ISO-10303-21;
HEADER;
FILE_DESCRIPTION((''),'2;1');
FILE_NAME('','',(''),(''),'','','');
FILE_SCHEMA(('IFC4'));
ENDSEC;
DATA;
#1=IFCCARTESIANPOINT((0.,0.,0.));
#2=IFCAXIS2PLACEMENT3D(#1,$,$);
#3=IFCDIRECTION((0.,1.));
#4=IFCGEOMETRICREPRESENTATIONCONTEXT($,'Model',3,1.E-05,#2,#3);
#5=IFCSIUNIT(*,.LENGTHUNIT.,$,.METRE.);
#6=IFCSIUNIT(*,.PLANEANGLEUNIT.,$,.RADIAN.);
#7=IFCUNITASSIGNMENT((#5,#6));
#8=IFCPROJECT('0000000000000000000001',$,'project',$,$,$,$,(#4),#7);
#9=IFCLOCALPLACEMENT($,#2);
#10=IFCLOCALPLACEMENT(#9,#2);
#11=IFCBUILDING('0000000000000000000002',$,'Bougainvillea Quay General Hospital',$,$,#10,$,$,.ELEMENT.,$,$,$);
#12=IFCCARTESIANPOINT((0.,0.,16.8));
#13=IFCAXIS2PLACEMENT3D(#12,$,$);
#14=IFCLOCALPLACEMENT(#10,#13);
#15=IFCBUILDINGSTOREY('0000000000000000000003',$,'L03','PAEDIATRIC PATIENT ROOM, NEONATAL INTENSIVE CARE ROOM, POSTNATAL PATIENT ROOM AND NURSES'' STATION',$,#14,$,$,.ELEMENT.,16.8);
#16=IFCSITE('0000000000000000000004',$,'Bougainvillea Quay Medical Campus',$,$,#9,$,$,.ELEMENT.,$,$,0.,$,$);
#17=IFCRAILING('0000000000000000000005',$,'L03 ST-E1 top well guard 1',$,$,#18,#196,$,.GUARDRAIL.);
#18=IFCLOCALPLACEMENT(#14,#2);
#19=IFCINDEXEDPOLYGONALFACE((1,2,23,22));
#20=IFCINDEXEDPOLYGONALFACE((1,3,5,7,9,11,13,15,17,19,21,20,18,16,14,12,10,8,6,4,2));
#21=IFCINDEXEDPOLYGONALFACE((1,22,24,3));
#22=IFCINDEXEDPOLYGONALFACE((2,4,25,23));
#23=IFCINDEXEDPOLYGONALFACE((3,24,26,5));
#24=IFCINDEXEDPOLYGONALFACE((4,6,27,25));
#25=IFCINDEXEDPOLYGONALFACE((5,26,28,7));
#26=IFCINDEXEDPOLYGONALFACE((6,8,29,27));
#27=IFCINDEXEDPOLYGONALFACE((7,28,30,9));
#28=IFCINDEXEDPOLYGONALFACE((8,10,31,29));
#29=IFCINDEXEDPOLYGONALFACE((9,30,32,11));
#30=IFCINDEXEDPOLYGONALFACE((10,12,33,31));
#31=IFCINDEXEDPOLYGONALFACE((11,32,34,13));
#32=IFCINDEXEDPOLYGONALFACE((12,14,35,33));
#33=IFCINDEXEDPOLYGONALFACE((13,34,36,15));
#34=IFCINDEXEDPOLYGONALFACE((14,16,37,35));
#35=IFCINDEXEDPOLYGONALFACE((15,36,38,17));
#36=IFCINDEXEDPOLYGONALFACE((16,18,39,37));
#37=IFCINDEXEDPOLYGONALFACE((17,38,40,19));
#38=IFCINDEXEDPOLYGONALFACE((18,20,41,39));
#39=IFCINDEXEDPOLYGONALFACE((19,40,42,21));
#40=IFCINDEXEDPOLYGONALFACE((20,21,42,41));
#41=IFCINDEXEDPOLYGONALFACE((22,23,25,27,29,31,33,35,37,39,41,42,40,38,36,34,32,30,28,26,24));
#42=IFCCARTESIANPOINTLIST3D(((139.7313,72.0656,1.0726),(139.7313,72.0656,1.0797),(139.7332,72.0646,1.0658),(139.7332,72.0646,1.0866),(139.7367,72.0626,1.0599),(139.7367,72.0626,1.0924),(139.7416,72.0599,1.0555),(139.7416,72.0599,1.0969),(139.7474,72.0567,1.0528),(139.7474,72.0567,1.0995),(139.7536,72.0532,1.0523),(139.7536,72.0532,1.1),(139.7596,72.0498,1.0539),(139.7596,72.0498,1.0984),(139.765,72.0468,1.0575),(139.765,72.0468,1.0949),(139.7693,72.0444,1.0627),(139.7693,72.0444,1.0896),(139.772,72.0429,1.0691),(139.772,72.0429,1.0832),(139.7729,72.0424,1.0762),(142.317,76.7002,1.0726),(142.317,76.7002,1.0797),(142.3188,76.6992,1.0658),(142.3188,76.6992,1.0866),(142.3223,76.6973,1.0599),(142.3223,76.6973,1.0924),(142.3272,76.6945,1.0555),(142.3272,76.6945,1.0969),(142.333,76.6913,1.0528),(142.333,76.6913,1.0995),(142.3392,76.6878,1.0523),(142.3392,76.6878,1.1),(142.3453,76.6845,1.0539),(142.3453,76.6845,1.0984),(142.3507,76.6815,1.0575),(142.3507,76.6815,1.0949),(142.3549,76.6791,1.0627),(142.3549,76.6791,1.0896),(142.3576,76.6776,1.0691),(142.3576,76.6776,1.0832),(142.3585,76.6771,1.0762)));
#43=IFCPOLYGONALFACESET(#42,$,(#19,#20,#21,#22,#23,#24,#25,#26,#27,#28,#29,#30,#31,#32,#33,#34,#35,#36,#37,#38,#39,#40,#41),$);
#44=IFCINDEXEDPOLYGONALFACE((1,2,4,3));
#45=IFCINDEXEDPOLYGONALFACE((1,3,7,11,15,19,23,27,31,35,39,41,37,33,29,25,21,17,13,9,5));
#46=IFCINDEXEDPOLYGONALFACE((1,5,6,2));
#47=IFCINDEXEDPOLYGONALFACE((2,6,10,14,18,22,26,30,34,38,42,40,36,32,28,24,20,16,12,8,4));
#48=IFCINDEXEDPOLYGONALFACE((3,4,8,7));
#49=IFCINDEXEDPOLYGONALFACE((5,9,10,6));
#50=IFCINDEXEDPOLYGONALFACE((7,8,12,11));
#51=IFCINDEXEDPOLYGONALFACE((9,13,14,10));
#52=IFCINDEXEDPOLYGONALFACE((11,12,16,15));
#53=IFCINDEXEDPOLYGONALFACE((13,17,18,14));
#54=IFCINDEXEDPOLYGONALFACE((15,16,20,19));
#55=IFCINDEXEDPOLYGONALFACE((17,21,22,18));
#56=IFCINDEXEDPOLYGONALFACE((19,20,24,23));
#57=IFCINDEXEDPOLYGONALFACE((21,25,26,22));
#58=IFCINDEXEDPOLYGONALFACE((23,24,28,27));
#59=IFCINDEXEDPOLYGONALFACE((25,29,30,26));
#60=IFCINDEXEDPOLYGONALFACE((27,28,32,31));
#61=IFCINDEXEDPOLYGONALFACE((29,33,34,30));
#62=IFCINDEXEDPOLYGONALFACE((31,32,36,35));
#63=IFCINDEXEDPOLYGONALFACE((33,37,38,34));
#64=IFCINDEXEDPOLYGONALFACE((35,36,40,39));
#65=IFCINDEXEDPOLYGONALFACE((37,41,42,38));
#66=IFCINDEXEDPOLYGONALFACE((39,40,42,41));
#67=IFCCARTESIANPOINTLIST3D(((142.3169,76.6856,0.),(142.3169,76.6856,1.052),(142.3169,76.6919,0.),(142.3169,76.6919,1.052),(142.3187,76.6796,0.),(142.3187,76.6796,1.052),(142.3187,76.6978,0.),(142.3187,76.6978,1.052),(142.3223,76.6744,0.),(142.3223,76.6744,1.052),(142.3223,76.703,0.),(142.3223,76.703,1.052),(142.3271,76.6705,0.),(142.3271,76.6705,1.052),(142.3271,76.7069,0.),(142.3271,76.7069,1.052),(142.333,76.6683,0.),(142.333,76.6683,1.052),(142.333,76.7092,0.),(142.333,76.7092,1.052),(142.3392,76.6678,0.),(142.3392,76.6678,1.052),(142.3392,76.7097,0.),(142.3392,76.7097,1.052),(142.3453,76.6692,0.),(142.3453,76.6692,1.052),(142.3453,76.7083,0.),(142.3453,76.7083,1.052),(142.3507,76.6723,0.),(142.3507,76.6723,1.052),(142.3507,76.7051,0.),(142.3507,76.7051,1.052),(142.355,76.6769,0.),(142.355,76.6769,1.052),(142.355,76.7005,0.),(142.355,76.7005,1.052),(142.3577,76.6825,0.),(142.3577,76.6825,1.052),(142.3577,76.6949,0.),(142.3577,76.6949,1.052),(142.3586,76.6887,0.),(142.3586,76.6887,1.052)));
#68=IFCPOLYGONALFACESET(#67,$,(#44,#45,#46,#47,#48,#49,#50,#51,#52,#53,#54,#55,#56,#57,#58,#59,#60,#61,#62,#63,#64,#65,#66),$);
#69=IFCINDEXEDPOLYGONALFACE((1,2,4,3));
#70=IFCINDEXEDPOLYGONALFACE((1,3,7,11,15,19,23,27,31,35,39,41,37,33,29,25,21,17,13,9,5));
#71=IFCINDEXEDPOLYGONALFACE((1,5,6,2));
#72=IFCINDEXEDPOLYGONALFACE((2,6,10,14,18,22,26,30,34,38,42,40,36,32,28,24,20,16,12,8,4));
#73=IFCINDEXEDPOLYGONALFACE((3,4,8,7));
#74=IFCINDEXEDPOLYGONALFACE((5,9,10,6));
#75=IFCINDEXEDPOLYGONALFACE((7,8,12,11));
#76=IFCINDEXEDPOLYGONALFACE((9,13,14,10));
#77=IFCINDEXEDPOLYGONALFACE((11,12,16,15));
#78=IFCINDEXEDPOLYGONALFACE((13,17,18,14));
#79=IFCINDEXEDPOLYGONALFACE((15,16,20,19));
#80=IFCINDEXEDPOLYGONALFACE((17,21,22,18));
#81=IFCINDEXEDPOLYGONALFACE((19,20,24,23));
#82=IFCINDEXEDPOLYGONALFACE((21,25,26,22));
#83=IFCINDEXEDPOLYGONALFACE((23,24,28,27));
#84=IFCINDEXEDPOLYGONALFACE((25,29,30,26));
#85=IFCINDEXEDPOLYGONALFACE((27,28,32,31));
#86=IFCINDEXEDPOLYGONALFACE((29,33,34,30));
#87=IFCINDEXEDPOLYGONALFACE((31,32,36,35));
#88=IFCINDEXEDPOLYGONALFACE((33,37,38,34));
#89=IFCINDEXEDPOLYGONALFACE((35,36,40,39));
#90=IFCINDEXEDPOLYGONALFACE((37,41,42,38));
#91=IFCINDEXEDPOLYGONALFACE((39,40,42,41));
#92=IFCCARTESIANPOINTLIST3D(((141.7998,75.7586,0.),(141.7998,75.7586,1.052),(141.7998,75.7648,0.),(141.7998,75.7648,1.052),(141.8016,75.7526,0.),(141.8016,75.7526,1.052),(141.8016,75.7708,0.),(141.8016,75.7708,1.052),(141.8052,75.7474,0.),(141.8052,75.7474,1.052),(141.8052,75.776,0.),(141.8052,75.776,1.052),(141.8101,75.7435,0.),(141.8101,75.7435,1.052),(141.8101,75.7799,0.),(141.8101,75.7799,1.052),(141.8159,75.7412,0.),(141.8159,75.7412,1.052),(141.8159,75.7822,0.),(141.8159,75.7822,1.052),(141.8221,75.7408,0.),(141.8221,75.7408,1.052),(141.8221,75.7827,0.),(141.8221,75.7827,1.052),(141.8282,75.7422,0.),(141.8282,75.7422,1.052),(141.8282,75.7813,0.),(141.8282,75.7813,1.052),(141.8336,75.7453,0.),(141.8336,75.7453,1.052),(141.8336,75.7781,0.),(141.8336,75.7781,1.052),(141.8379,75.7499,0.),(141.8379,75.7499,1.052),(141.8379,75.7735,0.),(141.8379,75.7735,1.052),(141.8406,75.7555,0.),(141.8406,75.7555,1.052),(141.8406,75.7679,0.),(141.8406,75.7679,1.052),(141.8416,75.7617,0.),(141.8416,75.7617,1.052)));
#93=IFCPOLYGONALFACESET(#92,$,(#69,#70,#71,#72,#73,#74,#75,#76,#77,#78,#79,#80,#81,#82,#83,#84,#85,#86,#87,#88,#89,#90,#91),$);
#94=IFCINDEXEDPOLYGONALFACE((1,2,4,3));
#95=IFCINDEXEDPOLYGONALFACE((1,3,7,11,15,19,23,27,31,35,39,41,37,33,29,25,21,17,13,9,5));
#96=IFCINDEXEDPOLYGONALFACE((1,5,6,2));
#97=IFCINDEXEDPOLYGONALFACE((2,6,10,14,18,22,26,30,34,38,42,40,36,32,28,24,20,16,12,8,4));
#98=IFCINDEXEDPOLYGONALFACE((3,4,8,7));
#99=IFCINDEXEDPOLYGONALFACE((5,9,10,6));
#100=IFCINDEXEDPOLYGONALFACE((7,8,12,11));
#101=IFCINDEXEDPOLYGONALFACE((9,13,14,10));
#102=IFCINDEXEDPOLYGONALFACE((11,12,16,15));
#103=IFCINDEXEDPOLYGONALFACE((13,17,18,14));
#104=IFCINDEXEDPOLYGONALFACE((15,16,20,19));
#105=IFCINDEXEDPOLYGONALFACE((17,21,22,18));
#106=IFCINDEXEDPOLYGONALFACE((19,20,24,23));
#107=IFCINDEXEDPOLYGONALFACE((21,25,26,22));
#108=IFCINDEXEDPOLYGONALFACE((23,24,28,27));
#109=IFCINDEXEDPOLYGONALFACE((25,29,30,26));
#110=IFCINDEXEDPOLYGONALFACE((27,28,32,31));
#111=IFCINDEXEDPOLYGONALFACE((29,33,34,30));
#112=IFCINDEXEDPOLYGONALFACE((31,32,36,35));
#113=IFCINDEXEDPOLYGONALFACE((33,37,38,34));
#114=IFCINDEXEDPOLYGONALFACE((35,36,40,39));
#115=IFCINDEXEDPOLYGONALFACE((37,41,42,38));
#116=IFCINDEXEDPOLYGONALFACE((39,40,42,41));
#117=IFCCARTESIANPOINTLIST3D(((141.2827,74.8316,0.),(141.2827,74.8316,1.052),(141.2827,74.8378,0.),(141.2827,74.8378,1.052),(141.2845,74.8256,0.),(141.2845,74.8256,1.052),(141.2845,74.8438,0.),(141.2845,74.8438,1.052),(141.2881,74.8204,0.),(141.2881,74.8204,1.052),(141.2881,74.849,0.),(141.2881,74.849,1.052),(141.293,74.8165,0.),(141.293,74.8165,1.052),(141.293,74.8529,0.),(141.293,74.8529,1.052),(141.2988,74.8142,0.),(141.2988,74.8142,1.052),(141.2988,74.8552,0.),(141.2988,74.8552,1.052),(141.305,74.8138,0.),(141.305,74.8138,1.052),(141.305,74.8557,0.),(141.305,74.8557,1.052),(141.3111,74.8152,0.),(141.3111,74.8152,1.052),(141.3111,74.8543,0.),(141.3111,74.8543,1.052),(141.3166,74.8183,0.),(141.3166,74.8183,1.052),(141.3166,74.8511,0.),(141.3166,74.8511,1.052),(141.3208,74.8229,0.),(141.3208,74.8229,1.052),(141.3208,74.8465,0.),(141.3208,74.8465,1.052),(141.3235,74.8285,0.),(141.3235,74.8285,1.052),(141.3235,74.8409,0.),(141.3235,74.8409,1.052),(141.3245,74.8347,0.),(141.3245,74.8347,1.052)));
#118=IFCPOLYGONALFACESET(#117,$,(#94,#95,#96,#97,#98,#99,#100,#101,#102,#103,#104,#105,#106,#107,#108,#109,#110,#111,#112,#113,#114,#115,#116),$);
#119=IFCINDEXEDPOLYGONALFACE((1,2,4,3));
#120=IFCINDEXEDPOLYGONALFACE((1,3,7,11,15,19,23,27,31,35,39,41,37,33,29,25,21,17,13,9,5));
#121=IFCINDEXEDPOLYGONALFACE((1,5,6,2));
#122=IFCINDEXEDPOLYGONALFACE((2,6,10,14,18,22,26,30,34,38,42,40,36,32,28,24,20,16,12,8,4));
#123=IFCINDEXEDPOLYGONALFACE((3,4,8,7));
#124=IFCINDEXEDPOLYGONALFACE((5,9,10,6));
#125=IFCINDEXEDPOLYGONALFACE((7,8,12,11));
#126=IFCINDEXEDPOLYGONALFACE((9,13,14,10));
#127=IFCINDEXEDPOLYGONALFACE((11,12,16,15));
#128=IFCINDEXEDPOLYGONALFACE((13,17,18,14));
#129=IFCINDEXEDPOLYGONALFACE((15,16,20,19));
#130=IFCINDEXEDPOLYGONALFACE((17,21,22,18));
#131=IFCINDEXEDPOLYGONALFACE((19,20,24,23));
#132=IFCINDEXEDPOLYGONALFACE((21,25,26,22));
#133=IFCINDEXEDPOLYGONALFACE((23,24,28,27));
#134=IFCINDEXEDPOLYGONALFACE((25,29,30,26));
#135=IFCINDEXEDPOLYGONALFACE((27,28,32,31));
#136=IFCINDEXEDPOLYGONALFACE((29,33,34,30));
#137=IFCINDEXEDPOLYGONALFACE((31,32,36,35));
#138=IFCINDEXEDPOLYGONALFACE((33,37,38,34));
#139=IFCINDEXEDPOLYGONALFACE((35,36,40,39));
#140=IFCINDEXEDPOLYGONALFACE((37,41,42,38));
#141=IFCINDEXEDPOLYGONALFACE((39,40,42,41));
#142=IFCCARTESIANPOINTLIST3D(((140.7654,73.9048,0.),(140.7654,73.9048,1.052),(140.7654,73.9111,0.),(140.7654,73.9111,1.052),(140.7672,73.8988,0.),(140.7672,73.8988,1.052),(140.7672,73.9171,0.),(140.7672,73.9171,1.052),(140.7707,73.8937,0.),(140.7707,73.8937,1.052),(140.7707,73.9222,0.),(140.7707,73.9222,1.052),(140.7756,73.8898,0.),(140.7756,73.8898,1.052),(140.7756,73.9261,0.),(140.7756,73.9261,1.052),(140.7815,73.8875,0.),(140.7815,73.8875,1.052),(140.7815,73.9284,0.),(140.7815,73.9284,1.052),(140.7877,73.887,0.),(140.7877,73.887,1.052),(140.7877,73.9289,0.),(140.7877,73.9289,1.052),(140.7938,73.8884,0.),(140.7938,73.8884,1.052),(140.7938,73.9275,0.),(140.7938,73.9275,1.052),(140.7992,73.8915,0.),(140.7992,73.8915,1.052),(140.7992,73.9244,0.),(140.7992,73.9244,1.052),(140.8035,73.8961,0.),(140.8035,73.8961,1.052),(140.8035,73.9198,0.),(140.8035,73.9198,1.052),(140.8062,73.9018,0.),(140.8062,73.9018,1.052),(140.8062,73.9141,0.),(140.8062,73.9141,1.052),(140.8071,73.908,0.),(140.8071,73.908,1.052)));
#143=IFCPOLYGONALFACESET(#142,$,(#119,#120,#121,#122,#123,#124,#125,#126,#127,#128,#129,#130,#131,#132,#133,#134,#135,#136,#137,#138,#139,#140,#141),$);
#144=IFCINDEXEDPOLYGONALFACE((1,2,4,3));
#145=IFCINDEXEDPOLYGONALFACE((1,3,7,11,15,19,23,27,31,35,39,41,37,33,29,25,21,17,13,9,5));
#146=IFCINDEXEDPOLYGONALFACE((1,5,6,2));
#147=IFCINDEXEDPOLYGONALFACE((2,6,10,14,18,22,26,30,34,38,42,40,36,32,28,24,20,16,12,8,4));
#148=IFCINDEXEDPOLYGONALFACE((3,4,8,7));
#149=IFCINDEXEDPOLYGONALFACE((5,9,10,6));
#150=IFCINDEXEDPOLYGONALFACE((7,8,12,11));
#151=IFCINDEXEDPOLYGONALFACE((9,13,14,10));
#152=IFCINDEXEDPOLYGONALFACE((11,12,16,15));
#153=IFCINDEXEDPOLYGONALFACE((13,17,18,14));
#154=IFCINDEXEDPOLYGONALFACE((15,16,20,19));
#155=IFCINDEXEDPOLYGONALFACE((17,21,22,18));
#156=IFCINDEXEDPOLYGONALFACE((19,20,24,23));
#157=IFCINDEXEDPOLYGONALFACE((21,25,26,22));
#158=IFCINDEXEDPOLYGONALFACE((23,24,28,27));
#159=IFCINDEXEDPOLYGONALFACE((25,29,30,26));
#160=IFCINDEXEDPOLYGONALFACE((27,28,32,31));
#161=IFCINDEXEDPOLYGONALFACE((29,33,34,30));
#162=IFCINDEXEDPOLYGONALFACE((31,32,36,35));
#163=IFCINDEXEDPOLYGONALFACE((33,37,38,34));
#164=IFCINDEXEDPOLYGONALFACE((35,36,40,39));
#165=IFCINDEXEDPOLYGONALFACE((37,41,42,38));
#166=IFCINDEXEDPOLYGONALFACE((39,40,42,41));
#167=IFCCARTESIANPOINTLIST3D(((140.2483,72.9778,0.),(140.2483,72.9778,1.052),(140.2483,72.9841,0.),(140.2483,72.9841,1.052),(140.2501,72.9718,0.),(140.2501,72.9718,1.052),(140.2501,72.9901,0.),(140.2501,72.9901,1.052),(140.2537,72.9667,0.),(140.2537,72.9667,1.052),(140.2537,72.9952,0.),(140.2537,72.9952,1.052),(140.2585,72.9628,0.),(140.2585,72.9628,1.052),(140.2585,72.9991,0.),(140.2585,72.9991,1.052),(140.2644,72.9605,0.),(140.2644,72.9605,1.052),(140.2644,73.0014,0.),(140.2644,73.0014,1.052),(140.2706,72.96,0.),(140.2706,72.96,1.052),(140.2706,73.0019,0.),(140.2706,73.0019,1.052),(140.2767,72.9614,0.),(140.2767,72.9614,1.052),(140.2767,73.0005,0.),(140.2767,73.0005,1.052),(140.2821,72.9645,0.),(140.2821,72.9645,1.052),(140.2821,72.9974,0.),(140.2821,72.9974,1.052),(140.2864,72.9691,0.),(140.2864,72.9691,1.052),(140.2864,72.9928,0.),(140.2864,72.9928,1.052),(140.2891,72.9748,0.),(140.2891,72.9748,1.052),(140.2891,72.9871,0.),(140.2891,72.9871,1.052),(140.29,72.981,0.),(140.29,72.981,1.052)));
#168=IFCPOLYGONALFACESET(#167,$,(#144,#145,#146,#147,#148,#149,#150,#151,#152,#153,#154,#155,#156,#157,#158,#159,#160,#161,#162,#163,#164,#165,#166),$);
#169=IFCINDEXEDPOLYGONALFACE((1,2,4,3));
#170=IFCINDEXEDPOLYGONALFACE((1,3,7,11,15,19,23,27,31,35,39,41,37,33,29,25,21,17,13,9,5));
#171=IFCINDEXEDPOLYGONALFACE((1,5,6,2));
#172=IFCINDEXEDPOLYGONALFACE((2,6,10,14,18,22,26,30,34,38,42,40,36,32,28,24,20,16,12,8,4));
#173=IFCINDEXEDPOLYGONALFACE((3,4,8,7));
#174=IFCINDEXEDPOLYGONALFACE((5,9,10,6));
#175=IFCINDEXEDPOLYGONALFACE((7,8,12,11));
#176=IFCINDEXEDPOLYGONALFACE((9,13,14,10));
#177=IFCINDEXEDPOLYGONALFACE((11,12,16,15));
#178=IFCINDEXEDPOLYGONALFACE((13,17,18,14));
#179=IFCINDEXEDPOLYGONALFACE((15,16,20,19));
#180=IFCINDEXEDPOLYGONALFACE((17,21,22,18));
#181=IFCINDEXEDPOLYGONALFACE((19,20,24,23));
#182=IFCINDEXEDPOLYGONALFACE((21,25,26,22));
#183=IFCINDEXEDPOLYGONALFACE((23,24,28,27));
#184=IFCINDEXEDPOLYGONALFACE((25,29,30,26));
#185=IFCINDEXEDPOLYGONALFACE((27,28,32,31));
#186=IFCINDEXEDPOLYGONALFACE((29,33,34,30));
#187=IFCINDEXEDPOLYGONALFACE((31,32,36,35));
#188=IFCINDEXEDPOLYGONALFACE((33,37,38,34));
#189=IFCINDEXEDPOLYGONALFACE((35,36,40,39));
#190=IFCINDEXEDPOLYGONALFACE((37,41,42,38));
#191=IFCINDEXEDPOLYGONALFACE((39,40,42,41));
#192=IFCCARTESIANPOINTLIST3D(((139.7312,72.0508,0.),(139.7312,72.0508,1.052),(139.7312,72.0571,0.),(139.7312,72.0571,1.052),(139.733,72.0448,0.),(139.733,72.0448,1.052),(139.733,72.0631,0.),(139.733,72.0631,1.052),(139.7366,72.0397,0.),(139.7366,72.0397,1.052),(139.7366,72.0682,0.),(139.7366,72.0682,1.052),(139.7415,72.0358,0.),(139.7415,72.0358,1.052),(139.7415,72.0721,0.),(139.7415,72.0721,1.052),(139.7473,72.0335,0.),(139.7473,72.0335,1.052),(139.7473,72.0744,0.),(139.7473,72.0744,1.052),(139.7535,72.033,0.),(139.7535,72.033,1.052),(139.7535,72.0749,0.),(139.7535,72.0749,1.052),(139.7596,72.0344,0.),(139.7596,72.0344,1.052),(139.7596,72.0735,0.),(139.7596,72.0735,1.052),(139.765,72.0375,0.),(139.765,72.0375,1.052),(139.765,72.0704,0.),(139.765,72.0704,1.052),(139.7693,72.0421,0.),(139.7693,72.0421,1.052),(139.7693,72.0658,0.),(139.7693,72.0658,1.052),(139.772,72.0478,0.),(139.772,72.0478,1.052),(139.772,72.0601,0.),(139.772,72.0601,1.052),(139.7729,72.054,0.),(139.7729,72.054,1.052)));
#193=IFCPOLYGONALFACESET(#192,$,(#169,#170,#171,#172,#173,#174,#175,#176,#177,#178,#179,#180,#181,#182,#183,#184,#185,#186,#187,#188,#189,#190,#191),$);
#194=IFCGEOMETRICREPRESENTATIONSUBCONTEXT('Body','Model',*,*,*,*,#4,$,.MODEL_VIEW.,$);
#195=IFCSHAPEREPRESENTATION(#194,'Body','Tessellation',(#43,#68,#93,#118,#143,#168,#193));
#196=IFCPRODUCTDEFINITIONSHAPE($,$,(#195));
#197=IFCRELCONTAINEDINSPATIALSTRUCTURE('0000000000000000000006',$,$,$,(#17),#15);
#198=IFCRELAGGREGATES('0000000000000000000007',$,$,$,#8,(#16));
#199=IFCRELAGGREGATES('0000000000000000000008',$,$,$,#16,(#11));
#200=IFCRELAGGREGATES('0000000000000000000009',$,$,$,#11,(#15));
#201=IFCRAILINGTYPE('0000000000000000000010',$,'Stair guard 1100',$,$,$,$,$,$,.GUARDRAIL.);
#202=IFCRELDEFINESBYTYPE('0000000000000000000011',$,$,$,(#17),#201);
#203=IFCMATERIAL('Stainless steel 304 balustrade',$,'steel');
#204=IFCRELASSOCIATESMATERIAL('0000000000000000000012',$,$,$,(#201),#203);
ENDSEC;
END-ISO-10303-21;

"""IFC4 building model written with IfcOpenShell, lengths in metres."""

from ifc_helpers import new_model, si_unit, direction, frame, origin, origin_2d, place, context, subcontext, project, spatial, circle, extrude, material, type_object, element, save


model = new_model("IFC4")

# Units and contexts
model_context = context("Model", 3, precision=1e-05, world=origin(), true_north=direction((0.0, 1.0)))
body_context = subcontext(model_context, "Body", "Model", "MODEL_VIEW")
ifc_project = project(units=[si_unit("LENGTHUNIT", "METRE"), si_unit("PLANEANGLEUNIT", "RADIAN")], contexts=[model_context])

# Site, building, storey
site_placement = place(None, origin())
site = spatial("IfcSite", under=ifc_project, at=site_placement, Name="Bougainvillea Quay Medical Campus", CompositionType="ELEMENT", RefElevation=0.0)
building_placement = place(site_placement, origin())
building = spatial("IfcBuilding", under=site, at=building_placement, Name="Bougainvillea Quay General Hospital", CompositionType="ELEMENT")
storey_placement = place(building_placement, frame((0.0, 0.0, 16.8)))
storey = spatial("IfcBuildingStorey", under=building, at=storey_placement, Name="L03", Description="PAEDIATRIC PATIENT ROOM, NEONATAL INTENSIVE CARE ROOM, POSTNATAL PATIENT ROOM AND NURSES' STATION", CompositionType="ELEMENT", Elevation=16.8)

# Railing
ifc_material_1 = material(Name="Stainless steel 304 balustrade", Category="steel")
railing_type = type_object("IfcRailingType", Name="Stair guard 1100", PredefinedType="GUARDRAIL", material=ifc_material_1)
railing_placement = place(storey_placement, frame((142.3376, 76.6887, 0.0)))
element("IfcRailing", 1, at=railing_placement, inside=storey, type_object=railing_type, Name="L03 ST-E1 top well guard 1", PredefinedType="GUARDRAIL", context=body_context, shape_type="SweptSolid", body=[
    extrude(circle(Radius=0.0239, at=origin_2d()), frame((0.0, 0.0, 1.0762), z_axis=(-0.487201, -0.87329, 0.0), x_axis=(0.87329, -0.487201, 0.0)), (0.0, 0.0, 1.0), 5.3071),
    extrude(circle(Radius=0.021, at=origin_2d()), origin(), (0.0, 0.0, 1.0), 1.052),
    extrude(circle(Radius=0.021, at=origin_2d()), frame((-0.5171, -0.927, 0.0)), (0.0, 0.0, 1.0), 1.052),
    extrude(circle(Radius=0.021, at=origin_2d()), frame((-1.0342, -1.854, 0.0)), (0.0, 0.0, 1.0), 1.052),
    extrude(circle(Radius=0.021, at=origin_2d()), frame((-1.5515, -2.7808, 0.0)), (0.0, 0.0, 1.0), 1.052),
    extrude(circle(Radius=0.021, at=origin_2d()), frame((-2.0686, -3.7078, 0.0)), (0.0, 0.0, 1.0), 1.052),
    extrude(circle(Radius=0.021, at=origin_2d()), frame((-2.5857, -4.6348, 0.0)), (0.0, 0.0, 1.0), 1.052),
])

save(model, "model.ifc")
